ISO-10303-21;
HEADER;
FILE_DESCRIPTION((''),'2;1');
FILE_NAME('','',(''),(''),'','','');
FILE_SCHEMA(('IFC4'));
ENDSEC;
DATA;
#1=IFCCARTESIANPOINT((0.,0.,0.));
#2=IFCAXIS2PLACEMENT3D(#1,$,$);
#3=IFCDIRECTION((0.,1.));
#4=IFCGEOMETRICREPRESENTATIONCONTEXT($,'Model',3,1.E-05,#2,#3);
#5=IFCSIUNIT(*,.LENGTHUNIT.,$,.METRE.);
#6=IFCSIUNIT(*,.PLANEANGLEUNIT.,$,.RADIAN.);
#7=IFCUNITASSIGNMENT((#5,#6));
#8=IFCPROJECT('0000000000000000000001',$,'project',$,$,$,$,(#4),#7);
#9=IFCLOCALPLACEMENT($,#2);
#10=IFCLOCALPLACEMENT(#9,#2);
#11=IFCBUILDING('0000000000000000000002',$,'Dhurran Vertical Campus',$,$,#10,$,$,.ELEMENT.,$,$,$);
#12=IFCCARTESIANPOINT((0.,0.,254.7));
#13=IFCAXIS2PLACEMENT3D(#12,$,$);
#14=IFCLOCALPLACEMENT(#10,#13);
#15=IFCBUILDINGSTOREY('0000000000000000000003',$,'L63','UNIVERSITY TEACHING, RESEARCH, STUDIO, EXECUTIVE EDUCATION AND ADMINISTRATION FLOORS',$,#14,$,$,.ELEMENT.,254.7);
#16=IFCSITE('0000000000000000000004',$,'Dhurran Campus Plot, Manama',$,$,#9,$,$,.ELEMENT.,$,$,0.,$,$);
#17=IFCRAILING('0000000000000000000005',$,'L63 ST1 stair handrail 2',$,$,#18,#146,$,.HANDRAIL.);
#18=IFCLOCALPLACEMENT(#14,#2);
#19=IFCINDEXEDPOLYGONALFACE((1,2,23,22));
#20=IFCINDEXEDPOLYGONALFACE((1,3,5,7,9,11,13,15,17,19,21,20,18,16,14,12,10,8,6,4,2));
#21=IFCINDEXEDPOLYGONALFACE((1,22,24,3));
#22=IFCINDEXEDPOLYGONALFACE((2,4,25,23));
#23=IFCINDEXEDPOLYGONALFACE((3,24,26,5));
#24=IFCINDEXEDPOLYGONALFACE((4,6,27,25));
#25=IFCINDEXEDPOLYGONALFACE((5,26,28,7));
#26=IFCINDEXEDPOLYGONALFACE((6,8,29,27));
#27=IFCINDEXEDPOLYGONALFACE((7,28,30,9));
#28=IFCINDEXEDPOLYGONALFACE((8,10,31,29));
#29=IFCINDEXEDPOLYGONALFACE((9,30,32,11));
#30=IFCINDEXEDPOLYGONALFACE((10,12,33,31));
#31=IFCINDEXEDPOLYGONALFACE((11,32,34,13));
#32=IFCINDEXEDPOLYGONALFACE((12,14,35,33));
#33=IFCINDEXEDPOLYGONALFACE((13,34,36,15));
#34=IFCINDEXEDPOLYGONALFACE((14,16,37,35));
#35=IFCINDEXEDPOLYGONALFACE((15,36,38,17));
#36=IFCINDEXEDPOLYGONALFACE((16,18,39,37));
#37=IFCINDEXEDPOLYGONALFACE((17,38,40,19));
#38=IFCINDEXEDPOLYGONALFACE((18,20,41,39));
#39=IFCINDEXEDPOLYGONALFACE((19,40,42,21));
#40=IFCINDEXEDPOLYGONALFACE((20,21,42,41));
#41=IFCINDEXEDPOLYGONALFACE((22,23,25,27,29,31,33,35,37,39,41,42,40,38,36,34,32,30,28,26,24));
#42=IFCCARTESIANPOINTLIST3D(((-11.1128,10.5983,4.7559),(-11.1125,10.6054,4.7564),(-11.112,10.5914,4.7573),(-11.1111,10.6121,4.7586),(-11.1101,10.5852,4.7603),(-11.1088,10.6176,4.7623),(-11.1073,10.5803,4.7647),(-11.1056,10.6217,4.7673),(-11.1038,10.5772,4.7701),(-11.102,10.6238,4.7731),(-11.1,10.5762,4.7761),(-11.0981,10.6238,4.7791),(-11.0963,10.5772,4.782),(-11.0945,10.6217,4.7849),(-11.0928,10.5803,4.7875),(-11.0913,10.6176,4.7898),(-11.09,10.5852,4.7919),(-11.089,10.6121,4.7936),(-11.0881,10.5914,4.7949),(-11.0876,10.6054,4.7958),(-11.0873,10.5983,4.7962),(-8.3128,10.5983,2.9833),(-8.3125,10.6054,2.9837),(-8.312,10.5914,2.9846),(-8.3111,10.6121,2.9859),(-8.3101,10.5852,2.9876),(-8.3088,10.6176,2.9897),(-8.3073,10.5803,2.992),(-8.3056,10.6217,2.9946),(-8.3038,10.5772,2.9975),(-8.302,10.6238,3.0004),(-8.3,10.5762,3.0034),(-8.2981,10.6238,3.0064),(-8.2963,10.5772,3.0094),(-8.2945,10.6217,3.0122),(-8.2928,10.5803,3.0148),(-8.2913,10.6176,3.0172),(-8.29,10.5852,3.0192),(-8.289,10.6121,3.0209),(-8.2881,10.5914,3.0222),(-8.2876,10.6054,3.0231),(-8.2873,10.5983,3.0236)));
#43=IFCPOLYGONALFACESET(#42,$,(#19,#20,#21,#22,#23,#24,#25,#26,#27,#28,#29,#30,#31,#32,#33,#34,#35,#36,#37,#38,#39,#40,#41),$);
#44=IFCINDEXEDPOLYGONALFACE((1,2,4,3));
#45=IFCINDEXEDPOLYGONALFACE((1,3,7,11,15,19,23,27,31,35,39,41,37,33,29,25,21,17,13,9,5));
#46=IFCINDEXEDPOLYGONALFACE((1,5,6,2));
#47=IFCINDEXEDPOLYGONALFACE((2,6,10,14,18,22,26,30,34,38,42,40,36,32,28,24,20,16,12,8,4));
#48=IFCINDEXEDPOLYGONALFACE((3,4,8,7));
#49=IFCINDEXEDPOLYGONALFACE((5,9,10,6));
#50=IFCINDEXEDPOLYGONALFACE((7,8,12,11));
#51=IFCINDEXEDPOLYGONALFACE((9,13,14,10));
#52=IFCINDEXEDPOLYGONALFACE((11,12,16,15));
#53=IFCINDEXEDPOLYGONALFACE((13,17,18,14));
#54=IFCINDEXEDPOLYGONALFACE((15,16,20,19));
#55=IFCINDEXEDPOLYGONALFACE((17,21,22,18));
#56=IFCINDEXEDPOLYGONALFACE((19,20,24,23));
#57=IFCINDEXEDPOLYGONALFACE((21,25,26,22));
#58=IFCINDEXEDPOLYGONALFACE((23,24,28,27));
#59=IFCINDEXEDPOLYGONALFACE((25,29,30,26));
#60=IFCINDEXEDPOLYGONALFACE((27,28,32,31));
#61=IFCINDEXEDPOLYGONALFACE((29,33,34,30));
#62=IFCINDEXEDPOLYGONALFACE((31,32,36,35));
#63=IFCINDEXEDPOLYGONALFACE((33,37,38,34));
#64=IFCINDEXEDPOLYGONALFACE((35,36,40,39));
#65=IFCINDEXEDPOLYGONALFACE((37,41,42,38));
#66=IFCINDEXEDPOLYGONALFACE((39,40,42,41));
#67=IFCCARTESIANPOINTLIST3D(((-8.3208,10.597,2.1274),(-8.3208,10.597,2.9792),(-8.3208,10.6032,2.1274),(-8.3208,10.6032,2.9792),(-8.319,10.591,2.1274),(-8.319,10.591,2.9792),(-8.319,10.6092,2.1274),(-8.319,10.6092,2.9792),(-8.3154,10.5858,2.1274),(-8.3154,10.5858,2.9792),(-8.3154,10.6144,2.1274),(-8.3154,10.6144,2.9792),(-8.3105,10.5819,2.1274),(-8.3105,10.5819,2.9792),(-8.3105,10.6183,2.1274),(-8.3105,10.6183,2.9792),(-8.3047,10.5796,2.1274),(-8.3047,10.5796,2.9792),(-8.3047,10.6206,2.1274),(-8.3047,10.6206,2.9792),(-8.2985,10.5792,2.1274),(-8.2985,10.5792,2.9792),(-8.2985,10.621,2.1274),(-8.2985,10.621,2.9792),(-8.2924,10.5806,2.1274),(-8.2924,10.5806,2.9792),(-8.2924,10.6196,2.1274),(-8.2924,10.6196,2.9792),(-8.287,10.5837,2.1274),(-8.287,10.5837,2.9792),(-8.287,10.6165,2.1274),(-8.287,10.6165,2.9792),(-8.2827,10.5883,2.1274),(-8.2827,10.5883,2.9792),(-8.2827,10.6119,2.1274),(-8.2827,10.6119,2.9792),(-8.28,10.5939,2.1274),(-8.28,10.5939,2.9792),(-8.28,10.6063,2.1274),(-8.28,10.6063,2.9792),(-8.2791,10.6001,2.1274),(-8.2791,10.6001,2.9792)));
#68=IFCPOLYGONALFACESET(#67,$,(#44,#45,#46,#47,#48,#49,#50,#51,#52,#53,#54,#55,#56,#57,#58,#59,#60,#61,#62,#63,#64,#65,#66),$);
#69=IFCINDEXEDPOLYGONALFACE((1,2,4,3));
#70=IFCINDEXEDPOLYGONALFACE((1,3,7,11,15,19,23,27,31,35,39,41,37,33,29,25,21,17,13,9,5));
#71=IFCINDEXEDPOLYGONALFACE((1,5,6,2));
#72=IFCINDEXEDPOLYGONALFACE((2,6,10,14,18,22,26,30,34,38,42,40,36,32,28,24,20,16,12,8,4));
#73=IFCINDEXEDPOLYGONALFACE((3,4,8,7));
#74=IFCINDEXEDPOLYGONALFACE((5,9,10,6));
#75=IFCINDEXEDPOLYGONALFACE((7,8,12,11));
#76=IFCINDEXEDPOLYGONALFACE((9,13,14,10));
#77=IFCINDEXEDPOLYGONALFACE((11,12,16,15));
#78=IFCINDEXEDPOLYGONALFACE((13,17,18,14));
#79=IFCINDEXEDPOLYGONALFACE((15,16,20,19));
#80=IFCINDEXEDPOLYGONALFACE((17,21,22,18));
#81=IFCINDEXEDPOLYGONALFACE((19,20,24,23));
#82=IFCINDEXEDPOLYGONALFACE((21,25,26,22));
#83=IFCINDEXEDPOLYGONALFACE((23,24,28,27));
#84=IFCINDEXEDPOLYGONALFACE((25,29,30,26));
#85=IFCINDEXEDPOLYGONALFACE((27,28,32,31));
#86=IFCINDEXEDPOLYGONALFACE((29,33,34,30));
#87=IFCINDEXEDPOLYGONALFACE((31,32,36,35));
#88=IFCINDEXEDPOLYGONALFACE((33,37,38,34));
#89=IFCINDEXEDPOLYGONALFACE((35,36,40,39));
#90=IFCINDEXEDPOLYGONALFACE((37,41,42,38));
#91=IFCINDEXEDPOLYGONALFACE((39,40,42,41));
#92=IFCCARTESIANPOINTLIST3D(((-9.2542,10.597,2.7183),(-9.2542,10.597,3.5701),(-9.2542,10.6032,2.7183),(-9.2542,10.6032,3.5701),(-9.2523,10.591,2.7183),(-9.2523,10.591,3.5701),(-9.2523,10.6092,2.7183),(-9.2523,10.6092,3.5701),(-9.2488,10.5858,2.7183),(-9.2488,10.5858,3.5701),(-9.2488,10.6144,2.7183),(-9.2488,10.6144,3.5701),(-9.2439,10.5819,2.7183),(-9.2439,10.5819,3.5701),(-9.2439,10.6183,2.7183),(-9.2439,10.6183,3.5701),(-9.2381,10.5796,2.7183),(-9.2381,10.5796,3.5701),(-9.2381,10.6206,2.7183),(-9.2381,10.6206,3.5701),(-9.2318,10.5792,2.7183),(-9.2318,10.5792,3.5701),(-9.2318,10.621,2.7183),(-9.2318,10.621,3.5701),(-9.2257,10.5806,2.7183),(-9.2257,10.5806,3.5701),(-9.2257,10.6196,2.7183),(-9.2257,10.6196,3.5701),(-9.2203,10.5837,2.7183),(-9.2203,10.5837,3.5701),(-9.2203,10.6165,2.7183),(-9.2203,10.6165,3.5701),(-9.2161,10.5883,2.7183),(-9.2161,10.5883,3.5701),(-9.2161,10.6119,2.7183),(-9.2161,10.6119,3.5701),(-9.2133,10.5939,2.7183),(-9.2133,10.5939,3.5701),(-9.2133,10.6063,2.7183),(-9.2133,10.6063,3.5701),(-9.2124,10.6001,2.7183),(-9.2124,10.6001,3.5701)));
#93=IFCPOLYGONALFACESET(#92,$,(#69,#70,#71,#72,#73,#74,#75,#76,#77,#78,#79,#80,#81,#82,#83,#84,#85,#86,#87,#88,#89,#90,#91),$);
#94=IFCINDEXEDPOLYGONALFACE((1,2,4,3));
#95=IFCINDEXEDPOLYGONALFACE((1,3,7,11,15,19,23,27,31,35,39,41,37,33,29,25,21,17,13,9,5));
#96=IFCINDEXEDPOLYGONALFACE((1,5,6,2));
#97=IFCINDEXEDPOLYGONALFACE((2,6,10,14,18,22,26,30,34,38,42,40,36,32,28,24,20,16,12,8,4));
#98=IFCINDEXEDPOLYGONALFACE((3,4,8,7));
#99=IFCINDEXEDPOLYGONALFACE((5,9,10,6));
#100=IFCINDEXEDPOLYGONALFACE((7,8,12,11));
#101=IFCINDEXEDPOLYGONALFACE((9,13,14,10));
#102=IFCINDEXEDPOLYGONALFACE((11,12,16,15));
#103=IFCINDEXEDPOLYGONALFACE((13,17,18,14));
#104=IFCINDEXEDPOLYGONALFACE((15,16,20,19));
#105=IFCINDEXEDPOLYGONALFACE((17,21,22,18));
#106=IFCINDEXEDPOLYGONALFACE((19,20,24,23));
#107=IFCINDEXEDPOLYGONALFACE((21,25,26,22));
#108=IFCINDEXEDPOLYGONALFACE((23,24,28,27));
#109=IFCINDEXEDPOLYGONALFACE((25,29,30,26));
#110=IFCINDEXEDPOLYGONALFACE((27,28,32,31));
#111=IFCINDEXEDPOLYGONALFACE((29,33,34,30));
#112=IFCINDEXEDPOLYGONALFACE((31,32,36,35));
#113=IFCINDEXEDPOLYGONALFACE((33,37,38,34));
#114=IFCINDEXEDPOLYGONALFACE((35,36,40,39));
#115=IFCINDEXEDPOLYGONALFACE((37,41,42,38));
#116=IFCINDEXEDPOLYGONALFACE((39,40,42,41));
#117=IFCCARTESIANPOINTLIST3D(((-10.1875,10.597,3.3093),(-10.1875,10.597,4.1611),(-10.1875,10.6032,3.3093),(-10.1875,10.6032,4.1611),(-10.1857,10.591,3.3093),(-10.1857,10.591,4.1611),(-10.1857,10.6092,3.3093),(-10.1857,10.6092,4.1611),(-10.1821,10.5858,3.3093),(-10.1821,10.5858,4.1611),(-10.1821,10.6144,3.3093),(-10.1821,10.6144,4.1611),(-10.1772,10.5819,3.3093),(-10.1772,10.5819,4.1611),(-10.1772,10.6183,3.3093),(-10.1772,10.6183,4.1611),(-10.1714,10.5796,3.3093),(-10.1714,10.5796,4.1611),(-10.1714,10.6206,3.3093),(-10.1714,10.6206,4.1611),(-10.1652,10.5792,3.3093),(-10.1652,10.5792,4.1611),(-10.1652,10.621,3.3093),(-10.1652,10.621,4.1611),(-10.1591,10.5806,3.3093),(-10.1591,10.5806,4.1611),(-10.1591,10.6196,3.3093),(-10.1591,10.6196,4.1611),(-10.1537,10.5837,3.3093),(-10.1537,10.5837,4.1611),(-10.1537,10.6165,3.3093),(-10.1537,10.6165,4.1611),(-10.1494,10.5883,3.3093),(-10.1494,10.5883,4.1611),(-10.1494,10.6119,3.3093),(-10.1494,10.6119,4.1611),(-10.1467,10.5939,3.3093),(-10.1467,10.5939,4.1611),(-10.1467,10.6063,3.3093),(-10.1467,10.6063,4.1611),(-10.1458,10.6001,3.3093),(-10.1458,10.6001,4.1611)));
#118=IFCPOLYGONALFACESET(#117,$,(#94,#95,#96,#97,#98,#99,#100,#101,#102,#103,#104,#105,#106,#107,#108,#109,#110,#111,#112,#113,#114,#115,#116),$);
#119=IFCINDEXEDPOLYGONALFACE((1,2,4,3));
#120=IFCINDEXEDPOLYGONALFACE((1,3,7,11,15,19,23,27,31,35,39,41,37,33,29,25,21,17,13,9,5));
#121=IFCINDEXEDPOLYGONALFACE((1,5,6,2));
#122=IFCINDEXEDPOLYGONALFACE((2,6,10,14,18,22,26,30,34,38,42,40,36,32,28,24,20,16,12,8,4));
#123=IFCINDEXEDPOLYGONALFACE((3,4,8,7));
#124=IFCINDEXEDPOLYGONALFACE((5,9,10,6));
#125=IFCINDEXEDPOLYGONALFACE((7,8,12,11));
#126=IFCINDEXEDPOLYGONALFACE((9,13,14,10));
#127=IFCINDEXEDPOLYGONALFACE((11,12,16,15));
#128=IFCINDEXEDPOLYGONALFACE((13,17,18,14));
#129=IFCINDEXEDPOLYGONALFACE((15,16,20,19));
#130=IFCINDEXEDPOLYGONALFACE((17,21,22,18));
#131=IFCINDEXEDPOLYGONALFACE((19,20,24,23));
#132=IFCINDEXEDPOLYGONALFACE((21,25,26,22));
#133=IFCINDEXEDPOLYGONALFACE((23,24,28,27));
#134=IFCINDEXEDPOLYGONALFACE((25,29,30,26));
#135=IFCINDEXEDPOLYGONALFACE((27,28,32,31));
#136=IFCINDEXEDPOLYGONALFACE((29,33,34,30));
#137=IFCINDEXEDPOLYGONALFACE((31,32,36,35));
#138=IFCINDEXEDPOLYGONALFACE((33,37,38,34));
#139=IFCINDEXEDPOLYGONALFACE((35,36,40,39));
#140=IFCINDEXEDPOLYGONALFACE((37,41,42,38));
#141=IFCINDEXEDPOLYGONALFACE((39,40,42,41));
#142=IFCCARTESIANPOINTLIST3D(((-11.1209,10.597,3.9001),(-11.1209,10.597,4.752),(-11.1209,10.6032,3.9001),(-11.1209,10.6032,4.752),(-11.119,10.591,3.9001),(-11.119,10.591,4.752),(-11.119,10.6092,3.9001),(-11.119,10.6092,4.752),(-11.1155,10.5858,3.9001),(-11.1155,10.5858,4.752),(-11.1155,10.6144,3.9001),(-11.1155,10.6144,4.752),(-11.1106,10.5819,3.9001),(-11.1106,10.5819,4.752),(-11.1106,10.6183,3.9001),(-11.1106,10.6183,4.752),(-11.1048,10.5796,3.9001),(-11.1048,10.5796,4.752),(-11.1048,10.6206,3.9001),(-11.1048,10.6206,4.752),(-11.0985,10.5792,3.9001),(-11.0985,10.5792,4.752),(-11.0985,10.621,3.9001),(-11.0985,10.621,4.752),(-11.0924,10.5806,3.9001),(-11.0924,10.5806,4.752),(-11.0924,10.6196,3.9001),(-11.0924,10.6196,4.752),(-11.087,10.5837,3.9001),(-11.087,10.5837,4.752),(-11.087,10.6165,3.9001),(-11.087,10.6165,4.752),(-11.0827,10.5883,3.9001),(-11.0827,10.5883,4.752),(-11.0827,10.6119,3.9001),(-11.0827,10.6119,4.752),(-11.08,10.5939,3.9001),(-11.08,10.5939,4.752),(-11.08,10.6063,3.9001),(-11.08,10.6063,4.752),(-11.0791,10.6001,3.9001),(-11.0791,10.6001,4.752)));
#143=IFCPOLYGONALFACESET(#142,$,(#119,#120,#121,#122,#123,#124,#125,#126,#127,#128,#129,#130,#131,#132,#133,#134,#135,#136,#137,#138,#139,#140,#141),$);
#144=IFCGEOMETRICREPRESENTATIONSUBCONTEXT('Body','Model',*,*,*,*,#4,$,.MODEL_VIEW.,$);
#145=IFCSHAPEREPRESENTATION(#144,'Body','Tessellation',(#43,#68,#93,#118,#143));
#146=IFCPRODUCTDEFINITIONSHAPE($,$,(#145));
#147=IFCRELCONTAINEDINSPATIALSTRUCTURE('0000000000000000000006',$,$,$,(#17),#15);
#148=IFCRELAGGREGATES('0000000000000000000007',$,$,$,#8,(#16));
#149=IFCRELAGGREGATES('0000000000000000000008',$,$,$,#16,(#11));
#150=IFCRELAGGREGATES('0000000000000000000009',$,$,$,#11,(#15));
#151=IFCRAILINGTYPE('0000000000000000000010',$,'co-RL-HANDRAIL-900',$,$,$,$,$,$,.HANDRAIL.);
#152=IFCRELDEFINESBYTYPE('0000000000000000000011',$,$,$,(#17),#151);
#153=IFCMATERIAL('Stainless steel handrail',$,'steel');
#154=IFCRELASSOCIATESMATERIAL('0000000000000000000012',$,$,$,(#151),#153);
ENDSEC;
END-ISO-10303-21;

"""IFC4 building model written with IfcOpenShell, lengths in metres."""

from ifc_helpers import new_model, si_unit, direction, frame, origin, origin_2d, place, context, subcontext, project, spatial, circle, extrude, material, type_object, element, save


model = new_model("IFC4")

# Units and contexts
model_context = context("Model", 3, precision=1e-05, world=origin(), true_north=direction((0.0, 1.0)))
body_context = subcontext(model_context, "Body", "Model", "MODEL_VIEW")
ifc_project = project(units=[si_unit("LENGTHUNIT", "METRE"), si_unit("PLANEANGLEUNIT", "RADIAN")], contexts=[model_context])

# Site, building, storey
site_placement = place(None, origin())
site = spatial("IfcSite", under=ifc_project, at=site_placement, Name="Dhurran Campus Plot, Manama", CompositionType="ELEMENT", RefElevation=0.0)
building_placement = place(site_placement, origin())
building = spatial("IfcBuilding", under=site, at=building_placement, Name="Dhurran Vertical Campus", CompositionType="ELEMENT")
storey_placement = place(building_placement, frame((0.0, 0.0, 254.7)))
storey = spatial("IfcBuildingStorey", under=building, at=storey_placement, Name="L63", Description="UNIVERSITY TEACHING, RESEARCH, STUDIO, EXECUTIVE EDUCATION AND ADMINISTRATION FLOORS", CompositionType="ELEMENT", Elevation=254.7)

# Railing
ifc_material_1 = material(Name="Stainless steel handrail", Category="steel")
railing_type_1 = type_object("IfcRailingType", Name="co-RL-HANDRAIL-900", PredefinedType="HANDRAIL", material=ifc_material_1)
railing_1_placement = place(storey_placement, frame((-8.3, 10.6001, 2.1274)))
element("IfcRailing", 1, at=railing_1_placement, inside=storey, type_object=railing_type_1, Name="L63 ST1 stair handrail 2", PredefinedType="HANDRAIL", context=body_context, shape_type="SweptSolid", body=[
    extrude(circle(Radius=0.0239, at=origin_2d()), frame((0.0, 0.0, 0.876), z_axis=(-0.844909, 0.0, 0.53491), x_axis=(0.0, -1.0, 0.0)), (0.0, 0.0, 1.0), 3.314),
    extrude(circle(Radius=0.021, at=origin_2d()), origin(), (0.0, 0.0, 1.0), 0.8518),
    extrude(circle(Radius=0.021, at=origin_2d()), frame((-0.9333, 0.0, 0.5908)), (0.0, 0.0, 1.0), 0.8518),
    extrude(circle(Radius=0.021, at=origin_2d()), frame((-1.8667, 0.0, 1.1819)), (0.0, 0.0, 1.0), 0.8518),
    extrude(circle(Radius=0.021, at=origin_2d()), frame((-2.8, 0.0, 1.7727)), (0.0, 0.0, 1.0), 0.8518),
])

save(model, "model.ifc")
